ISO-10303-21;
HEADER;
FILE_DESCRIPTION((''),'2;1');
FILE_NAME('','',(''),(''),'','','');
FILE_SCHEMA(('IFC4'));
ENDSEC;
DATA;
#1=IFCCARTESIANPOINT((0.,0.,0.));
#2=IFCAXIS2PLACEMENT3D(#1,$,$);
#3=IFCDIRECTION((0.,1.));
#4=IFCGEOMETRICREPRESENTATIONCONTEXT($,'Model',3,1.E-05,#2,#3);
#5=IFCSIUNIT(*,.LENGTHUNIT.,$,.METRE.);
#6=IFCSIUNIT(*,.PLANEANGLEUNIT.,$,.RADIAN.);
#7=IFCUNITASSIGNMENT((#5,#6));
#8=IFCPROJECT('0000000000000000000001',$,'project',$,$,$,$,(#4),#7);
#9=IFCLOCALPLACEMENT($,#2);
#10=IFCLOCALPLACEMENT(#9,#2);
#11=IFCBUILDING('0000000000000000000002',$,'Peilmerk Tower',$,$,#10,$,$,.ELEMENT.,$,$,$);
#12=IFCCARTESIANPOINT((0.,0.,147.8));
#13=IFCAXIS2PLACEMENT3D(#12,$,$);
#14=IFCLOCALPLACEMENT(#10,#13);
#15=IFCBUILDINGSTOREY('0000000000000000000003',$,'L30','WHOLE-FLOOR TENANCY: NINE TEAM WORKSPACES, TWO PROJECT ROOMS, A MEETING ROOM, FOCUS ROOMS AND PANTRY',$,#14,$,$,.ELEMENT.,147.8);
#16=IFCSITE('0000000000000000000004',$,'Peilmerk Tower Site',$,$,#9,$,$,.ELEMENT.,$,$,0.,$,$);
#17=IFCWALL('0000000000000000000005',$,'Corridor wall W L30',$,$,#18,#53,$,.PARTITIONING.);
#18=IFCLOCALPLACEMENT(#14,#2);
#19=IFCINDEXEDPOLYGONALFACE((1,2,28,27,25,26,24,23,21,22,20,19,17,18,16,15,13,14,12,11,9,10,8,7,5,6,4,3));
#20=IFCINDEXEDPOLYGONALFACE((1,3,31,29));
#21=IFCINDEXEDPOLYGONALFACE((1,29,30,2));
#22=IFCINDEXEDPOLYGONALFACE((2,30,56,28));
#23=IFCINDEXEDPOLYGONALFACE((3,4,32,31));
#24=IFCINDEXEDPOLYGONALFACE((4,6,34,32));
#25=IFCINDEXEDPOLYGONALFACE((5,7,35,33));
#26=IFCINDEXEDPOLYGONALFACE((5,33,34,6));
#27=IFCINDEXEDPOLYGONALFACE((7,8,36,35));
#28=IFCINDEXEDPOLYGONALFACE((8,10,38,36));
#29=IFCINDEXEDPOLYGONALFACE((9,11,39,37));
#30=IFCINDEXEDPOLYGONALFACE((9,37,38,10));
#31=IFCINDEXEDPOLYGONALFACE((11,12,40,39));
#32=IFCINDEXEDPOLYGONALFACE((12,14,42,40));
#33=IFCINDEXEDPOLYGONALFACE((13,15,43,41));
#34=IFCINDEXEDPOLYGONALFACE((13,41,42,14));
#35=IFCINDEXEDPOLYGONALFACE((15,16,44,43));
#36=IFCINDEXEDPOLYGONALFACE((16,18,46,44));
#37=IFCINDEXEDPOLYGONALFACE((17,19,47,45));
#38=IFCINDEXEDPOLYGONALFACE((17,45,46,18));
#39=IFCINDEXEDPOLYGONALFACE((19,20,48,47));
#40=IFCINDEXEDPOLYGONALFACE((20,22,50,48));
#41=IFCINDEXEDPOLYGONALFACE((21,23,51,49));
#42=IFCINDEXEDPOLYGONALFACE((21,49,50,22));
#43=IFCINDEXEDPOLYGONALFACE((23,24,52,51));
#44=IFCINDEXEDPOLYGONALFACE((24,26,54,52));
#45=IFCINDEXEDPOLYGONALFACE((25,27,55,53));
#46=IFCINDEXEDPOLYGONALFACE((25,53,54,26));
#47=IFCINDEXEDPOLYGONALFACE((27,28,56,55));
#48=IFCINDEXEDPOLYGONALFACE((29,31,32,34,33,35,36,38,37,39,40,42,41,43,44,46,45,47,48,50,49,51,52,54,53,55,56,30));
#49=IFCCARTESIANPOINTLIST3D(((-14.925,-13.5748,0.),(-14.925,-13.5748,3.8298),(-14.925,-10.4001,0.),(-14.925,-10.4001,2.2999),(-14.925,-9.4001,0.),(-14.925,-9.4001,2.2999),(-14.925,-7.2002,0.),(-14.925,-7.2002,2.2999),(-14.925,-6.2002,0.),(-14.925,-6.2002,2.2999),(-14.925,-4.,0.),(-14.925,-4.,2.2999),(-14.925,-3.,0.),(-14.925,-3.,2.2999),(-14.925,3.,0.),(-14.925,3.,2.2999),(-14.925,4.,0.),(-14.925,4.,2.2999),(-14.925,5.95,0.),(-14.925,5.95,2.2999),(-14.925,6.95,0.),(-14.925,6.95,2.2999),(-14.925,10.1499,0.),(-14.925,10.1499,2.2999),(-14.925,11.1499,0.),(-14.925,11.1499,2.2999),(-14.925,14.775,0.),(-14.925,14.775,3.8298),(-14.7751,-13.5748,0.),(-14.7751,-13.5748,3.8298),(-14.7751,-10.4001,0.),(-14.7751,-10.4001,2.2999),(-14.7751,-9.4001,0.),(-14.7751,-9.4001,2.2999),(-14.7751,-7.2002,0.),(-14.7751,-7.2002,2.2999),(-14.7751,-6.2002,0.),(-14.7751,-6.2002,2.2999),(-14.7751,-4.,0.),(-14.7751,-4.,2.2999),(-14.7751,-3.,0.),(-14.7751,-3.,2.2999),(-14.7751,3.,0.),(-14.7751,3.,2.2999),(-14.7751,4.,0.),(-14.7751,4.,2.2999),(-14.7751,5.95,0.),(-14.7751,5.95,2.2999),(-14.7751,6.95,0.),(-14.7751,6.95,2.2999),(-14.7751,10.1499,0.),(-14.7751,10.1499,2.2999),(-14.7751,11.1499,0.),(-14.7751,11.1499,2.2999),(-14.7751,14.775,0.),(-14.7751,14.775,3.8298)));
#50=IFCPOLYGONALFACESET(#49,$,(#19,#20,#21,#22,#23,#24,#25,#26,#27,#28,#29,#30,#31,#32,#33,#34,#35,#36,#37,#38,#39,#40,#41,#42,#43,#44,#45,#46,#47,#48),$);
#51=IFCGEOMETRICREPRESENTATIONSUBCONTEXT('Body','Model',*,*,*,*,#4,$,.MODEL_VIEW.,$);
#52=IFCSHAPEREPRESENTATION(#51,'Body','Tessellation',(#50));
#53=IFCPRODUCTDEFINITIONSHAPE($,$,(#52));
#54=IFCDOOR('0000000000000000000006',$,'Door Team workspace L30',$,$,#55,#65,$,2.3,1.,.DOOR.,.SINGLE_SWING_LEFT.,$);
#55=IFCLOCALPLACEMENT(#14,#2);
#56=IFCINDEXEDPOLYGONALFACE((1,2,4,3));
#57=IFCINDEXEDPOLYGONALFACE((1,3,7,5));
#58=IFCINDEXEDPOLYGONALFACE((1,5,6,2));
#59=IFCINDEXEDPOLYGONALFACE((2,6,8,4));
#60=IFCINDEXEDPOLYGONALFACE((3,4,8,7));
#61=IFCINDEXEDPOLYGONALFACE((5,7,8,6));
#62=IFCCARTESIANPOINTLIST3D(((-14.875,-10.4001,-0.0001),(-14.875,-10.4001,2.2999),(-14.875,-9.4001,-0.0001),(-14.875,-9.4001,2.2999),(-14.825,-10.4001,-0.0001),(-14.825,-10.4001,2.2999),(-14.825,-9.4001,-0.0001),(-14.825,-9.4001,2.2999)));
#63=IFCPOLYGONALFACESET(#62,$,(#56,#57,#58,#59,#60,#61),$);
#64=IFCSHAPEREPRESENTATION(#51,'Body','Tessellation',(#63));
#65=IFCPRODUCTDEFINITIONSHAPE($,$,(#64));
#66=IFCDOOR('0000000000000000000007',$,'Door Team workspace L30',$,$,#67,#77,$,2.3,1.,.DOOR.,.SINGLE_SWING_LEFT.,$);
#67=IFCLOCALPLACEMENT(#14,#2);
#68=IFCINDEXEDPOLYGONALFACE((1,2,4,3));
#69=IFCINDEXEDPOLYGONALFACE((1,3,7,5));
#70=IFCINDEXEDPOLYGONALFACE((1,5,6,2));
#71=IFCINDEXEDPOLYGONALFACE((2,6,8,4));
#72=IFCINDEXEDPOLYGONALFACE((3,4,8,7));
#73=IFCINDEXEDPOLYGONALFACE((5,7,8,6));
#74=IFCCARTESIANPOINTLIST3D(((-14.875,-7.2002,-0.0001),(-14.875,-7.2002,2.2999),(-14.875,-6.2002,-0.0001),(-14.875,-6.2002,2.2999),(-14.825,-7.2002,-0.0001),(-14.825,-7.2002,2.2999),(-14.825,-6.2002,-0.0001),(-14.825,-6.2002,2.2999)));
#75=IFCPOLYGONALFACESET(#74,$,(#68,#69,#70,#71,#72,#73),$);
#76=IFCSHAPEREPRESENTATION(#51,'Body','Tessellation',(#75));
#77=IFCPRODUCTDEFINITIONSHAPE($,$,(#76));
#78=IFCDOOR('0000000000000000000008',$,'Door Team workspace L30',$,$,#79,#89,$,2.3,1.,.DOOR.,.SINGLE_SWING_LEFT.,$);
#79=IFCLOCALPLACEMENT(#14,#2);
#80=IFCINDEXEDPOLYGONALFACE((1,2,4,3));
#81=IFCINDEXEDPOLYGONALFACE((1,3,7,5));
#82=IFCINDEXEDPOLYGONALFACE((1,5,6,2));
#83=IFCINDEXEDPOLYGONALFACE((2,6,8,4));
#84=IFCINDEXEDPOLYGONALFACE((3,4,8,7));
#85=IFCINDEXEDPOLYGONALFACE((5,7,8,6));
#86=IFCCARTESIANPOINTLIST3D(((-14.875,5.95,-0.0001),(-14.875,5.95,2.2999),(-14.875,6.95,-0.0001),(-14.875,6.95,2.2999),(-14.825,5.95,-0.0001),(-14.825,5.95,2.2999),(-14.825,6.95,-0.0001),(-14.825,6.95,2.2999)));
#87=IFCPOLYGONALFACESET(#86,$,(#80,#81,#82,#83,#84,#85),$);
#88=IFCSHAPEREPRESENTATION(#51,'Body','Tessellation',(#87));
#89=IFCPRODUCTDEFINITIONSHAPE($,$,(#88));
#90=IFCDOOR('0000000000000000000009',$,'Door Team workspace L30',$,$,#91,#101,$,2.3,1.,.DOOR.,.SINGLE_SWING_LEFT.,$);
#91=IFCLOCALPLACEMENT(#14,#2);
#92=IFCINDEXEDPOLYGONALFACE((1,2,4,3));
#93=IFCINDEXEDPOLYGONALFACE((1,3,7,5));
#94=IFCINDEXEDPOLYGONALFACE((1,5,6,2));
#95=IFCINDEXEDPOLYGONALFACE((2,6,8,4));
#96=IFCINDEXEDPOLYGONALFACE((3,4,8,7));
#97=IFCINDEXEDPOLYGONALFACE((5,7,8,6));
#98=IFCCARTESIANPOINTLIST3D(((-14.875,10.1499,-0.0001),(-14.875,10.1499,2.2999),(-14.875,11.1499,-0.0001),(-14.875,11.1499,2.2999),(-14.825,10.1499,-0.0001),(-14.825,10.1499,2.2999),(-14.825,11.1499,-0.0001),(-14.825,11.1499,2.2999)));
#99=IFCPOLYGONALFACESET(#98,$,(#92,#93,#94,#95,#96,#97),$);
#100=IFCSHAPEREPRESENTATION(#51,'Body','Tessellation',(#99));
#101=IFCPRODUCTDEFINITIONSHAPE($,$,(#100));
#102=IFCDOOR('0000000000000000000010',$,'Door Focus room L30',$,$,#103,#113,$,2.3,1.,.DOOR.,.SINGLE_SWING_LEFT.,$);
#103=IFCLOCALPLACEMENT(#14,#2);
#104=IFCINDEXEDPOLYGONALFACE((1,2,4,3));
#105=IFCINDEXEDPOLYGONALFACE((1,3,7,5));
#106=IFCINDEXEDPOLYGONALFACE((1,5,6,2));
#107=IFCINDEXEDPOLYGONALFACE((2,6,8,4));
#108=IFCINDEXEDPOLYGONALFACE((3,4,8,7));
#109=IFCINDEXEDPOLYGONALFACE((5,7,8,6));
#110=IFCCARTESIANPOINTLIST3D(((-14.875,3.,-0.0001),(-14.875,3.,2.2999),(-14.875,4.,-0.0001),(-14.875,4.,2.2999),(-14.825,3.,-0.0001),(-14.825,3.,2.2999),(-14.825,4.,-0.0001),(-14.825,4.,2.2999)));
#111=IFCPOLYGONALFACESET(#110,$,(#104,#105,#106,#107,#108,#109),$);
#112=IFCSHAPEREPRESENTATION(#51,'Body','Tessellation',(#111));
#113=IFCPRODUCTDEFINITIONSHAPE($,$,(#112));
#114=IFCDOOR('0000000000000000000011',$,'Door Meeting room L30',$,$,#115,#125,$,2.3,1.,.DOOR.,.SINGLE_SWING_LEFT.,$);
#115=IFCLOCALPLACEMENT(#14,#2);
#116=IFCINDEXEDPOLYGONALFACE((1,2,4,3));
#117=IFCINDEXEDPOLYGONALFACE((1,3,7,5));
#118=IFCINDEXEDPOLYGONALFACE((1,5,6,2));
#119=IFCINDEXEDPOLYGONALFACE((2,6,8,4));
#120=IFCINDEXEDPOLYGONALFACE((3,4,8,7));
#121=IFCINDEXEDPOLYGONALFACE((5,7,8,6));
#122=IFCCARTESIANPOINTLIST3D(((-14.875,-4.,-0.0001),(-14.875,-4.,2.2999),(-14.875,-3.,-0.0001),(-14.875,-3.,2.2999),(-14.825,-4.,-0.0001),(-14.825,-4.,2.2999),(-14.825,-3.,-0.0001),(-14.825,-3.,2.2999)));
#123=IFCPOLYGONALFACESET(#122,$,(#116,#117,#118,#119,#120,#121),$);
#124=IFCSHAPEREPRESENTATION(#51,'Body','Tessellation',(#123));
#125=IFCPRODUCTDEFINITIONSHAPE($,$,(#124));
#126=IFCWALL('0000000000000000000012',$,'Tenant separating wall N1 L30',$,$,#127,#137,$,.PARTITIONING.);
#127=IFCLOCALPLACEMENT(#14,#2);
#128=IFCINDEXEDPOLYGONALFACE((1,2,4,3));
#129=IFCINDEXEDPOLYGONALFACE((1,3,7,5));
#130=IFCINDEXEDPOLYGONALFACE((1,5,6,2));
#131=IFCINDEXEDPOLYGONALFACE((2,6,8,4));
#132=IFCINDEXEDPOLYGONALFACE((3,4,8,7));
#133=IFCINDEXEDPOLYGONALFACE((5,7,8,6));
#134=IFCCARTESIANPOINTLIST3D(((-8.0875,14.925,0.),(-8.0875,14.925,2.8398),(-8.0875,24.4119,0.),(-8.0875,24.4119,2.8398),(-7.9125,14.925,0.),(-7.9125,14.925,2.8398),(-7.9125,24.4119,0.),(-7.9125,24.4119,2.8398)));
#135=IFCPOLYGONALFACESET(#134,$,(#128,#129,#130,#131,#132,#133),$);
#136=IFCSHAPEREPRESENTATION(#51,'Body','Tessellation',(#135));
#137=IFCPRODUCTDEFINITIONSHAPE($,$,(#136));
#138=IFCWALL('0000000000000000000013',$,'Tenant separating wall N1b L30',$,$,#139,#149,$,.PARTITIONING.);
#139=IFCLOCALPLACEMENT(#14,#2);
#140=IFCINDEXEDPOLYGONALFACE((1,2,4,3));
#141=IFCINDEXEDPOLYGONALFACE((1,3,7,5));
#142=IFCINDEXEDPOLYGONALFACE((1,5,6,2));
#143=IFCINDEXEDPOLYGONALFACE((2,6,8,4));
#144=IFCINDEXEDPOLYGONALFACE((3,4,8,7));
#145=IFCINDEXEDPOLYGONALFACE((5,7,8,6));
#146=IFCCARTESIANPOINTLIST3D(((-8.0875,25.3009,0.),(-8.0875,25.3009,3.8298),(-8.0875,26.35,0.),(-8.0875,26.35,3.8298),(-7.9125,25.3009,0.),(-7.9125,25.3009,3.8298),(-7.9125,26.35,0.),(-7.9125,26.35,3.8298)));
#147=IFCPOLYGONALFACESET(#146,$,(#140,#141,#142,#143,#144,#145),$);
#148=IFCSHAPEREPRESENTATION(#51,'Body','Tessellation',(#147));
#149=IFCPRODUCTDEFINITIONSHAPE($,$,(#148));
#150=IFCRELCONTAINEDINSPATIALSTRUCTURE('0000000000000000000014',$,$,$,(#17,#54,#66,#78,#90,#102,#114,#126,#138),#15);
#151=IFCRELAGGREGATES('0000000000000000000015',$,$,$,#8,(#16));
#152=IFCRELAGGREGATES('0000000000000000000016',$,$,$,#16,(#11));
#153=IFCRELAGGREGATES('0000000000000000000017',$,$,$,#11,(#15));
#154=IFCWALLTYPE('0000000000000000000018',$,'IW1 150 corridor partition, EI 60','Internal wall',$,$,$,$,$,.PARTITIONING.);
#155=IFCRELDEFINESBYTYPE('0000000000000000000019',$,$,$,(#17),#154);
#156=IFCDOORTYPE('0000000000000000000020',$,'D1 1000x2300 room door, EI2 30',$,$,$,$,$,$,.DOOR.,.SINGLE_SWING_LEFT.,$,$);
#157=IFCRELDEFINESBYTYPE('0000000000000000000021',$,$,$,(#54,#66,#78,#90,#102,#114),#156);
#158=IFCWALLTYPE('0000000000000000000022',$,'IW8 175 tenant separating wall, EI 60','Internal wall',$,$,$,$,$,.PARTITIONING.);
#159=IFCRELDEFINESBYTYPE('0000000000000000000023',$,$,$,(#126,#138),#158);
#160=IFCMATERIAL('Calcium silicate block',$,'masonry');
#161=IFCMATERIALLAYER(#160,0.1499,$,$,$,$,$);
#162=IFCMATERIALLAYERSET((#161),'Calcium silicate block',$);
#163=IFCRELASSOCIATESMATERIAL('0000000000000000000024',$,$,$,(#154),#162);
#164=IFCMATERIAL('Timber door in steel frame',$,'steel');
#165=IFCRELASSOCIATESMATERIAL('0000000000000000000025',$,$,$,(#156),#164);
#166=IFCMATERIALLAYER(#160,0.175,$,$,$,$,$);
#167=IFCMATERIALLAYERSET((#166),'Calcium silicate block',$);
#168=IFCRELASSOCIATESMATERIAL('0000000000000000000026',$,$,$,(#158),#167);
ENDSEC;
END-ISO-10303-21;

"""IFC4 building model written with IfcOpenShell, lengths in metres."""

from ifc_helpers import new_model, si_unit, direction, frame, frame_2d, origin, place, context, subcontext, project, spatial, rectangle, extrude, material, layer, layer_set, type_object, element, fill, save


model = new_model("IFC4")

# Units and contexts
model_context = context("Model", 3, precision=1e-05, world=origin(), true_north=direction((0.0, 1.0)))
body_context = subcontext(model_context, "Body", "Model", "MODEL_VIEW")
ifc_project = project(units=[si_unit("LENGTHUNIT", "METRE"), si_unit("PLANEANGLEUNIT", "RADIAN")], contexts=[model_context])

# Site, building, storey
site_placement = place(None, origin())
site = spatial("IfcSite", under=ifc_project, at=site_placement, Name="Peilmerk Tower Site", CompositionType="ELEMENT", RefElevation=0.0)
building_placement = place(site_placement, origin())
building = spatial("IfcBuilding", under=site, at=building_placement, Name="Peilmerk Tower", CompositionType="ELEMENT")
storey_placement = place(building_placement, frame((0.0, 0.0, 147.8)))
storey = spatial("IfcBuildingStorey", under=building, at=storey_placement, Name="L30", Description="WHOLE-FLOOR TENANCY: NINE TEAM WORKSPACES, TWO PROJECT ROOMS, A MEETING ROOM, FOCUS ROOMS AND PANTRY", CompositionType="ELEMENT", Elevation=147.8)

# Wall, openings, doors
ifc_material_1 = material(Name="Calcium silicate block", Category="masonry")
ifc_layer_1 = layer(ifc_material_1, 0.1499)
ifc_layer_set_1 = layer_set([ifc_layer_1], Name="Calcium silicate block")
wall_type_1 = type_object("IfcWallType", Name="IW1 150 corridor partition, EI 60", Description="Internal wall", PredefinedType="PARTITIONING", material=ifc_layer_set_1)
ifc_material_2 = material(Name="Timber door in steel frame", Category="steel")
door_type = type_object("IfcDoorType", Name="D1 1000x2300 room door, EI2 30", OperationType="SINGLE_SWING_LEFT", PredefinedType="DOOR", material=ifc_material_2)
wall_1_placement = place(storey_placement, frame((-14.8501, 14.7749, 0.0), z_axis=(0.0, 0.0, 1.0), x_axis=(0.0, -1.0, 0.0)))
wall_1 = element("IfcWall", 1, at=wall_1_placement, inside=storey, type_object=wall_type_1, Name="Corridor wall W L30", PredefinedType="PARTITIONING", context=body_context, shape_type="SweptSolid", body=[
    extrude(rectangle(XDim=28.3499, YDim=0.1499, at=frame_2d((14.1748, 0.0))), origin(), (0.0, 0.0, 1.0), 3.8298),
])
opening_1_placement = place(wall_1_placement, frame((24.175, 0.0, 0.0)))
opening_1 = element("IfcOpeningElement", 2, at=opening_1_placement, cuts=wall_1, PredefinedType="OPENING", context=body_context, shape_type="SweptSolid", body=[
    extrude(rectangle(XDim=1.0, YDim=2.3, at=frame_2d((0.5, 1.1499))), frame((0.0, 0.085, 0.0), z_axis=(0.0, -1.0, 0.0), x_axis=(1.0, 0.0, 0.0)), (0.0, 0.0, 1.0), 0.1699),
])
opening_2_placement = place(wall_1_placement, frame((20.9751, 0.0, 0.0)))
opening_2 = element("IfcOpeningElement", 3, at=opening_2_placement, cuts=wall_1, PredefinedType="OPENING", context=body_context, shape_type="SweptSolid", body=[
    extrude(rectangle(XDim=1.0, YDim=2.3, at=frame_2d((0.5, 1.1499))), frame((0.0, 0.085, 0.0), z_axis=(0.0, -1.0, 0.0), x_axis=(1.0, 0.0, 0.0)), (0.0, 0.0, 1.0), 0.1699),
])
opening_3_placement = place(wall_1_placement, frame((7.825, 0.0, 0.0)))
opening_3 = element("IfcOpeningElement", 4, at=opening_3_placement, cuts=wall_1, PredefinedType="OPENING", context=body_context, shape_type="SweptSolid", body=[
    extrude(rectangle(XDim=1.0, YDim=2.3, at=frame_2d((0.5, 1.1499))), frame((0.0, 0.085, 0.0), z_axis=(0.0, -1.0, 0.0), x_axis=(1.0, 0.0, 0.0)), (0.0, 0.0, 1.0), 0.1699),
])
opening_4_placement = place(wall_1_placement, frame((3.625, 0.0, 0.0)))
opening_4 = element("IfcOpeningElement", 5, at=opening_4_placement, cuts=wall_1, PredefinedType="OPENING", context=body_context, shape_type="SweptSolid", body=[
    extrude(rectangle(XDim=1.0, YDim=2.3, at=frame_2d((0.5, 1.1499))), frame((0.0, 0.085, 0.0), z_axis=(0.0, -1.0, 0.0), x_axis=(1.0, 0.0, 0.0)), (0.0, 0.0, 1.0), 0.1699),
])
opening_5_placement = place(wall_1_placement, frame((10.7749, 0.0, 0.0)))
opening_5 = element("IfcOpeningElement", 6, at=opening_5_placement, cuts=wall_1, PredefinedType="OPENING", context=body_context, shape_type="SweptSolid", body=[
    extrude(rectangle(XDim=1.0, YDim=2.3, at=frame_2d((0.5, 1.1499))), frame((0.0, 0.085, 0.0), z_axis=(0.0, -1.0, 0.0), x_axis=(1.0, 0.0, 0.0)), (0.0, 0.0, 1.0), 0.1699),
])
opening_6_placement = place(wall_1_placement, frame((17.7749, 0.0, 0.0)))
opening_6 = element("IfcOpeningElement", 7, at=opening_6_placement, cuts=wall_1, PredefinedType="OPENING", context=body_context, shape_type="SweptSolid", body=[
    extrude(rectangle(XDim=1.0, YDim=2.3, at=frame_2d((0.5, 1.1499))), frame((0.0, 0.085, 0.0), z_axis=(0.0, -1.0, 0.0), x_axis=(1.0, 0.0, 0.0)), (0.0, 0.0, 1.0), 0.1699),
])
door_1_placement = place(opening_1_placement, frame((1.0, 0.0, 0.0), z_axis=(0.0, 0.0, 1.0), x_axis=(-1.0, 0.0, 0.0)))
door_1 = element("IfcDoor", 8, at=door_1_placement, inside=storey, type_object=door_type, Name="Door Team workspace L30", OperationType="SINGLE_SWING_LEFT", OverallHeight=2.3, OverallWidth=1.0, PredefinedType="DOOR", context=body_context, shape_type="SweptSolid", body=[
    extrude(rectangle(XDim=1.0, YDim=2.3, at=frame_2d((0.5, 1.1499))), frame((0.0, 0.0249, 0.0), z_axis=(0.0, -1.0, 0.0), x_axis=(1.0, 0.0, 0.0)), (0.0, 0.0, 1.0), 0.05),
])
fill(opening_1, door_1)
door_2_placement = place(opening_2_placement, frame((1.0, 0.0, 0.0), z_axis=(0.0, 0.0, 1.0), x_axis=(-1.0, 0.0, 0.0)))
door_2 = element("IfcDoor", 9, at=door_2_placement, inside=storey, type_object=door_type, Name="Door Team workspace L30", OperationType="SINGLE_SWING_LEFT", OverallHeight=2.3, OverallWidth=1.0, PredefinedType="DOOR", context=body_context, shape_type="SweptSolid", body=[
    extrude(rectangle(XDim=1.0, YDim=2.3, at=frame_2d((0.5, 1.1499))), frame((0.0, 0.0249, 0.0), z_axis=(0.0, -1.0, 0.0), x_axis=(1.0, 0.0, 0.0)), (0.0, 0.0, 1.0), 0.05),
])
fill(opening_2, door_2)
door_3_placement = place(opening_3_placement, frame((1.0, 0.0, 0.0), z_axis=(0.0, 0.0, 1.0), x_axis=(-1.0, 0.0, 0.0)))
door_3 = element("IfcDoor", 10, at=door_3_placement, inside=storey, type_object=door_type, Name="Door Team workspace L30", OperationType="SINGLE_SWING_LEFT", OverallHeight=2.3, OverallWidth=1.0, PredefinedType="DOOR", context=body_context, shape_type="SweptSolid", body=[
    extrude(rectangle(XDim=1.0, YDim=2.3, at=frame_2d((0.5, 1.1499))), frame((0.0, 0.0249, 0.0), z_axis=(0.0, -1.0, 0.0), x_axis=(1.0, 0.0, 0.0)), (0.0, 0.0, 1.0), 0.05),
])
fill(opening_3, door_3)
door_4_placement = place(opening_4_placement, frame((1.0, 0.0, 0.0), z_axis=(0.0, 0.0, 1.0), x_axis=(-1.0, 0.0, 0.0)))
door_4 = element("IfcDoor", 11, at=door_4_placement, inside=storey, type_object=door_type, Name="Door Team workspace L30", OperationType="SINGLE_SWING_LEFT", OverallHeight=2.3, OverallWidth=1.0, PredefinedType="DOOR", context=body_context, shape_type="SweptSolid", body=[
    extrude(rectangle(XDim=1.0, YDim=2.3, at=frame_2d((0.5, 1.1499))), frame((0.0, 0.0249, 0.0), z_axis=(0.0, -1.0, 0.0), x_axis=(1.0, 0.0, 0.0)), (0.0, 0.0, 1.0), 0.05),
])
fill(opening_4, door_4)
door_5_placement = place(opening_5_placement, frame((1.0, 0.0, 0.0), z_axis=(0.0, 0.0, 1.0), x_axis=(-1.0, 0.0, 0.0)))
door_5 = element("IfcDoor", 12, at=door_5_placement, inside=storey, type_object=door_type, Name="Door Focus room L30", OperationType="SINGLE_SWING_LEFT", OverallHeight=2.3, OverallWidth=1.0, PredefinedType="DOOR", context=body_context, shape_type="SweptSolid", body=[
    extrude(rectangle(XDim=1.0, YDim=2.3, at=frame_2d((0.5, 1.1499))), frame((0.0, 0.0249, 0.0), z_axis=(0.0, -1.0, 0.0), x_axis=(1.0, 0.0, 0.0)), (0.0, 0.0, 1.0), 0.05),
])
fill(opening_5, door_5)
door_6_placement = place(opening_6_placement, frame((1.0, 0.0, 0.0), z_axis=(0.0, 0.0, 1.0), x_axis=(-1.0, 0.0, 0.0)))
door_6 = element("IfcDoor", 13, at=door_6_placement, inside=storey, type_object=door_type, Name="Door Meeting room L30", OperationType="SINGLE_SWING_LEFT", OverallHeight=2.3, OverallWidth=1.0, PredefinedType="DOOR", context=body_context, shape_type="SweptSolid", body=[
    extrude(rectangle(XDim=1.0, YDim=2.3, at=frame_2d((0.5, 1.1499))), frame((0.0, 0.0249, 0.0), z_axis=(0.0, -1.0, 0.0), x_axis=(1.0, 0.0, 0.0)), (0.0, 0.0, 1.0), 0.05),
])
fill(opening_6, door_6)

# Walls
ifc_layer_2 = layer(ifc_material_1, 0.175)
ifc_layer_set_2 = layer_set([ifc_layer_2], Name="Calcium silicate block")
wall_type_2 = type_object("IfcWallType", Name="IW8 175 tenant separating wall, EI 60", Description="Internal wall", PredefinedType="PARTITIONING", material=ifc_layer_set_2)
wall_2_placement = place(storey_placement, frame((-8.0, 14.925, 0.0), z_axis=(0.0, 0.0, 1.0), x_axis=(0.0, 1.0, 0.0)))
element("IfcWall", 14, at=wall_2_placement, inside=storey, type_object=wall_type_2, Name="Tenant separating wall N1 L30", PredefinedType="PARTITIONING", context=body_context, shape_type="SweptSolid", body=[
    extrude(rectangle(XDim=9.4868, YDim=0.175, at=frame_2d((4.7434, 0.0))), origin(), (0.0, 0.0, 1.0), 2.8398),
])
wall_3_placement = place(storey_placement, frame((-8.0, 25.301, 0.0), z_axis=(0.0, 0.0, 1.0), x_axis=(0.0, 1.0, 0.0)))
element("IfcWall", 15, at=wall_3_placement, inside=storey, type_object=wall_type_2, Name="Tenant separating wall N1b L30", PredefinedType="PARTITIONING", context=body_context, shape_type="SweptSolid", body=[
    extrude(rectangle(XDim=1.0491, YDim=0.175, at=frame_2d((0.5244, 0.0))), origin(), (0.0, 0.0, 1.0), 3.8298),
])

save(model, "model.ifc")
